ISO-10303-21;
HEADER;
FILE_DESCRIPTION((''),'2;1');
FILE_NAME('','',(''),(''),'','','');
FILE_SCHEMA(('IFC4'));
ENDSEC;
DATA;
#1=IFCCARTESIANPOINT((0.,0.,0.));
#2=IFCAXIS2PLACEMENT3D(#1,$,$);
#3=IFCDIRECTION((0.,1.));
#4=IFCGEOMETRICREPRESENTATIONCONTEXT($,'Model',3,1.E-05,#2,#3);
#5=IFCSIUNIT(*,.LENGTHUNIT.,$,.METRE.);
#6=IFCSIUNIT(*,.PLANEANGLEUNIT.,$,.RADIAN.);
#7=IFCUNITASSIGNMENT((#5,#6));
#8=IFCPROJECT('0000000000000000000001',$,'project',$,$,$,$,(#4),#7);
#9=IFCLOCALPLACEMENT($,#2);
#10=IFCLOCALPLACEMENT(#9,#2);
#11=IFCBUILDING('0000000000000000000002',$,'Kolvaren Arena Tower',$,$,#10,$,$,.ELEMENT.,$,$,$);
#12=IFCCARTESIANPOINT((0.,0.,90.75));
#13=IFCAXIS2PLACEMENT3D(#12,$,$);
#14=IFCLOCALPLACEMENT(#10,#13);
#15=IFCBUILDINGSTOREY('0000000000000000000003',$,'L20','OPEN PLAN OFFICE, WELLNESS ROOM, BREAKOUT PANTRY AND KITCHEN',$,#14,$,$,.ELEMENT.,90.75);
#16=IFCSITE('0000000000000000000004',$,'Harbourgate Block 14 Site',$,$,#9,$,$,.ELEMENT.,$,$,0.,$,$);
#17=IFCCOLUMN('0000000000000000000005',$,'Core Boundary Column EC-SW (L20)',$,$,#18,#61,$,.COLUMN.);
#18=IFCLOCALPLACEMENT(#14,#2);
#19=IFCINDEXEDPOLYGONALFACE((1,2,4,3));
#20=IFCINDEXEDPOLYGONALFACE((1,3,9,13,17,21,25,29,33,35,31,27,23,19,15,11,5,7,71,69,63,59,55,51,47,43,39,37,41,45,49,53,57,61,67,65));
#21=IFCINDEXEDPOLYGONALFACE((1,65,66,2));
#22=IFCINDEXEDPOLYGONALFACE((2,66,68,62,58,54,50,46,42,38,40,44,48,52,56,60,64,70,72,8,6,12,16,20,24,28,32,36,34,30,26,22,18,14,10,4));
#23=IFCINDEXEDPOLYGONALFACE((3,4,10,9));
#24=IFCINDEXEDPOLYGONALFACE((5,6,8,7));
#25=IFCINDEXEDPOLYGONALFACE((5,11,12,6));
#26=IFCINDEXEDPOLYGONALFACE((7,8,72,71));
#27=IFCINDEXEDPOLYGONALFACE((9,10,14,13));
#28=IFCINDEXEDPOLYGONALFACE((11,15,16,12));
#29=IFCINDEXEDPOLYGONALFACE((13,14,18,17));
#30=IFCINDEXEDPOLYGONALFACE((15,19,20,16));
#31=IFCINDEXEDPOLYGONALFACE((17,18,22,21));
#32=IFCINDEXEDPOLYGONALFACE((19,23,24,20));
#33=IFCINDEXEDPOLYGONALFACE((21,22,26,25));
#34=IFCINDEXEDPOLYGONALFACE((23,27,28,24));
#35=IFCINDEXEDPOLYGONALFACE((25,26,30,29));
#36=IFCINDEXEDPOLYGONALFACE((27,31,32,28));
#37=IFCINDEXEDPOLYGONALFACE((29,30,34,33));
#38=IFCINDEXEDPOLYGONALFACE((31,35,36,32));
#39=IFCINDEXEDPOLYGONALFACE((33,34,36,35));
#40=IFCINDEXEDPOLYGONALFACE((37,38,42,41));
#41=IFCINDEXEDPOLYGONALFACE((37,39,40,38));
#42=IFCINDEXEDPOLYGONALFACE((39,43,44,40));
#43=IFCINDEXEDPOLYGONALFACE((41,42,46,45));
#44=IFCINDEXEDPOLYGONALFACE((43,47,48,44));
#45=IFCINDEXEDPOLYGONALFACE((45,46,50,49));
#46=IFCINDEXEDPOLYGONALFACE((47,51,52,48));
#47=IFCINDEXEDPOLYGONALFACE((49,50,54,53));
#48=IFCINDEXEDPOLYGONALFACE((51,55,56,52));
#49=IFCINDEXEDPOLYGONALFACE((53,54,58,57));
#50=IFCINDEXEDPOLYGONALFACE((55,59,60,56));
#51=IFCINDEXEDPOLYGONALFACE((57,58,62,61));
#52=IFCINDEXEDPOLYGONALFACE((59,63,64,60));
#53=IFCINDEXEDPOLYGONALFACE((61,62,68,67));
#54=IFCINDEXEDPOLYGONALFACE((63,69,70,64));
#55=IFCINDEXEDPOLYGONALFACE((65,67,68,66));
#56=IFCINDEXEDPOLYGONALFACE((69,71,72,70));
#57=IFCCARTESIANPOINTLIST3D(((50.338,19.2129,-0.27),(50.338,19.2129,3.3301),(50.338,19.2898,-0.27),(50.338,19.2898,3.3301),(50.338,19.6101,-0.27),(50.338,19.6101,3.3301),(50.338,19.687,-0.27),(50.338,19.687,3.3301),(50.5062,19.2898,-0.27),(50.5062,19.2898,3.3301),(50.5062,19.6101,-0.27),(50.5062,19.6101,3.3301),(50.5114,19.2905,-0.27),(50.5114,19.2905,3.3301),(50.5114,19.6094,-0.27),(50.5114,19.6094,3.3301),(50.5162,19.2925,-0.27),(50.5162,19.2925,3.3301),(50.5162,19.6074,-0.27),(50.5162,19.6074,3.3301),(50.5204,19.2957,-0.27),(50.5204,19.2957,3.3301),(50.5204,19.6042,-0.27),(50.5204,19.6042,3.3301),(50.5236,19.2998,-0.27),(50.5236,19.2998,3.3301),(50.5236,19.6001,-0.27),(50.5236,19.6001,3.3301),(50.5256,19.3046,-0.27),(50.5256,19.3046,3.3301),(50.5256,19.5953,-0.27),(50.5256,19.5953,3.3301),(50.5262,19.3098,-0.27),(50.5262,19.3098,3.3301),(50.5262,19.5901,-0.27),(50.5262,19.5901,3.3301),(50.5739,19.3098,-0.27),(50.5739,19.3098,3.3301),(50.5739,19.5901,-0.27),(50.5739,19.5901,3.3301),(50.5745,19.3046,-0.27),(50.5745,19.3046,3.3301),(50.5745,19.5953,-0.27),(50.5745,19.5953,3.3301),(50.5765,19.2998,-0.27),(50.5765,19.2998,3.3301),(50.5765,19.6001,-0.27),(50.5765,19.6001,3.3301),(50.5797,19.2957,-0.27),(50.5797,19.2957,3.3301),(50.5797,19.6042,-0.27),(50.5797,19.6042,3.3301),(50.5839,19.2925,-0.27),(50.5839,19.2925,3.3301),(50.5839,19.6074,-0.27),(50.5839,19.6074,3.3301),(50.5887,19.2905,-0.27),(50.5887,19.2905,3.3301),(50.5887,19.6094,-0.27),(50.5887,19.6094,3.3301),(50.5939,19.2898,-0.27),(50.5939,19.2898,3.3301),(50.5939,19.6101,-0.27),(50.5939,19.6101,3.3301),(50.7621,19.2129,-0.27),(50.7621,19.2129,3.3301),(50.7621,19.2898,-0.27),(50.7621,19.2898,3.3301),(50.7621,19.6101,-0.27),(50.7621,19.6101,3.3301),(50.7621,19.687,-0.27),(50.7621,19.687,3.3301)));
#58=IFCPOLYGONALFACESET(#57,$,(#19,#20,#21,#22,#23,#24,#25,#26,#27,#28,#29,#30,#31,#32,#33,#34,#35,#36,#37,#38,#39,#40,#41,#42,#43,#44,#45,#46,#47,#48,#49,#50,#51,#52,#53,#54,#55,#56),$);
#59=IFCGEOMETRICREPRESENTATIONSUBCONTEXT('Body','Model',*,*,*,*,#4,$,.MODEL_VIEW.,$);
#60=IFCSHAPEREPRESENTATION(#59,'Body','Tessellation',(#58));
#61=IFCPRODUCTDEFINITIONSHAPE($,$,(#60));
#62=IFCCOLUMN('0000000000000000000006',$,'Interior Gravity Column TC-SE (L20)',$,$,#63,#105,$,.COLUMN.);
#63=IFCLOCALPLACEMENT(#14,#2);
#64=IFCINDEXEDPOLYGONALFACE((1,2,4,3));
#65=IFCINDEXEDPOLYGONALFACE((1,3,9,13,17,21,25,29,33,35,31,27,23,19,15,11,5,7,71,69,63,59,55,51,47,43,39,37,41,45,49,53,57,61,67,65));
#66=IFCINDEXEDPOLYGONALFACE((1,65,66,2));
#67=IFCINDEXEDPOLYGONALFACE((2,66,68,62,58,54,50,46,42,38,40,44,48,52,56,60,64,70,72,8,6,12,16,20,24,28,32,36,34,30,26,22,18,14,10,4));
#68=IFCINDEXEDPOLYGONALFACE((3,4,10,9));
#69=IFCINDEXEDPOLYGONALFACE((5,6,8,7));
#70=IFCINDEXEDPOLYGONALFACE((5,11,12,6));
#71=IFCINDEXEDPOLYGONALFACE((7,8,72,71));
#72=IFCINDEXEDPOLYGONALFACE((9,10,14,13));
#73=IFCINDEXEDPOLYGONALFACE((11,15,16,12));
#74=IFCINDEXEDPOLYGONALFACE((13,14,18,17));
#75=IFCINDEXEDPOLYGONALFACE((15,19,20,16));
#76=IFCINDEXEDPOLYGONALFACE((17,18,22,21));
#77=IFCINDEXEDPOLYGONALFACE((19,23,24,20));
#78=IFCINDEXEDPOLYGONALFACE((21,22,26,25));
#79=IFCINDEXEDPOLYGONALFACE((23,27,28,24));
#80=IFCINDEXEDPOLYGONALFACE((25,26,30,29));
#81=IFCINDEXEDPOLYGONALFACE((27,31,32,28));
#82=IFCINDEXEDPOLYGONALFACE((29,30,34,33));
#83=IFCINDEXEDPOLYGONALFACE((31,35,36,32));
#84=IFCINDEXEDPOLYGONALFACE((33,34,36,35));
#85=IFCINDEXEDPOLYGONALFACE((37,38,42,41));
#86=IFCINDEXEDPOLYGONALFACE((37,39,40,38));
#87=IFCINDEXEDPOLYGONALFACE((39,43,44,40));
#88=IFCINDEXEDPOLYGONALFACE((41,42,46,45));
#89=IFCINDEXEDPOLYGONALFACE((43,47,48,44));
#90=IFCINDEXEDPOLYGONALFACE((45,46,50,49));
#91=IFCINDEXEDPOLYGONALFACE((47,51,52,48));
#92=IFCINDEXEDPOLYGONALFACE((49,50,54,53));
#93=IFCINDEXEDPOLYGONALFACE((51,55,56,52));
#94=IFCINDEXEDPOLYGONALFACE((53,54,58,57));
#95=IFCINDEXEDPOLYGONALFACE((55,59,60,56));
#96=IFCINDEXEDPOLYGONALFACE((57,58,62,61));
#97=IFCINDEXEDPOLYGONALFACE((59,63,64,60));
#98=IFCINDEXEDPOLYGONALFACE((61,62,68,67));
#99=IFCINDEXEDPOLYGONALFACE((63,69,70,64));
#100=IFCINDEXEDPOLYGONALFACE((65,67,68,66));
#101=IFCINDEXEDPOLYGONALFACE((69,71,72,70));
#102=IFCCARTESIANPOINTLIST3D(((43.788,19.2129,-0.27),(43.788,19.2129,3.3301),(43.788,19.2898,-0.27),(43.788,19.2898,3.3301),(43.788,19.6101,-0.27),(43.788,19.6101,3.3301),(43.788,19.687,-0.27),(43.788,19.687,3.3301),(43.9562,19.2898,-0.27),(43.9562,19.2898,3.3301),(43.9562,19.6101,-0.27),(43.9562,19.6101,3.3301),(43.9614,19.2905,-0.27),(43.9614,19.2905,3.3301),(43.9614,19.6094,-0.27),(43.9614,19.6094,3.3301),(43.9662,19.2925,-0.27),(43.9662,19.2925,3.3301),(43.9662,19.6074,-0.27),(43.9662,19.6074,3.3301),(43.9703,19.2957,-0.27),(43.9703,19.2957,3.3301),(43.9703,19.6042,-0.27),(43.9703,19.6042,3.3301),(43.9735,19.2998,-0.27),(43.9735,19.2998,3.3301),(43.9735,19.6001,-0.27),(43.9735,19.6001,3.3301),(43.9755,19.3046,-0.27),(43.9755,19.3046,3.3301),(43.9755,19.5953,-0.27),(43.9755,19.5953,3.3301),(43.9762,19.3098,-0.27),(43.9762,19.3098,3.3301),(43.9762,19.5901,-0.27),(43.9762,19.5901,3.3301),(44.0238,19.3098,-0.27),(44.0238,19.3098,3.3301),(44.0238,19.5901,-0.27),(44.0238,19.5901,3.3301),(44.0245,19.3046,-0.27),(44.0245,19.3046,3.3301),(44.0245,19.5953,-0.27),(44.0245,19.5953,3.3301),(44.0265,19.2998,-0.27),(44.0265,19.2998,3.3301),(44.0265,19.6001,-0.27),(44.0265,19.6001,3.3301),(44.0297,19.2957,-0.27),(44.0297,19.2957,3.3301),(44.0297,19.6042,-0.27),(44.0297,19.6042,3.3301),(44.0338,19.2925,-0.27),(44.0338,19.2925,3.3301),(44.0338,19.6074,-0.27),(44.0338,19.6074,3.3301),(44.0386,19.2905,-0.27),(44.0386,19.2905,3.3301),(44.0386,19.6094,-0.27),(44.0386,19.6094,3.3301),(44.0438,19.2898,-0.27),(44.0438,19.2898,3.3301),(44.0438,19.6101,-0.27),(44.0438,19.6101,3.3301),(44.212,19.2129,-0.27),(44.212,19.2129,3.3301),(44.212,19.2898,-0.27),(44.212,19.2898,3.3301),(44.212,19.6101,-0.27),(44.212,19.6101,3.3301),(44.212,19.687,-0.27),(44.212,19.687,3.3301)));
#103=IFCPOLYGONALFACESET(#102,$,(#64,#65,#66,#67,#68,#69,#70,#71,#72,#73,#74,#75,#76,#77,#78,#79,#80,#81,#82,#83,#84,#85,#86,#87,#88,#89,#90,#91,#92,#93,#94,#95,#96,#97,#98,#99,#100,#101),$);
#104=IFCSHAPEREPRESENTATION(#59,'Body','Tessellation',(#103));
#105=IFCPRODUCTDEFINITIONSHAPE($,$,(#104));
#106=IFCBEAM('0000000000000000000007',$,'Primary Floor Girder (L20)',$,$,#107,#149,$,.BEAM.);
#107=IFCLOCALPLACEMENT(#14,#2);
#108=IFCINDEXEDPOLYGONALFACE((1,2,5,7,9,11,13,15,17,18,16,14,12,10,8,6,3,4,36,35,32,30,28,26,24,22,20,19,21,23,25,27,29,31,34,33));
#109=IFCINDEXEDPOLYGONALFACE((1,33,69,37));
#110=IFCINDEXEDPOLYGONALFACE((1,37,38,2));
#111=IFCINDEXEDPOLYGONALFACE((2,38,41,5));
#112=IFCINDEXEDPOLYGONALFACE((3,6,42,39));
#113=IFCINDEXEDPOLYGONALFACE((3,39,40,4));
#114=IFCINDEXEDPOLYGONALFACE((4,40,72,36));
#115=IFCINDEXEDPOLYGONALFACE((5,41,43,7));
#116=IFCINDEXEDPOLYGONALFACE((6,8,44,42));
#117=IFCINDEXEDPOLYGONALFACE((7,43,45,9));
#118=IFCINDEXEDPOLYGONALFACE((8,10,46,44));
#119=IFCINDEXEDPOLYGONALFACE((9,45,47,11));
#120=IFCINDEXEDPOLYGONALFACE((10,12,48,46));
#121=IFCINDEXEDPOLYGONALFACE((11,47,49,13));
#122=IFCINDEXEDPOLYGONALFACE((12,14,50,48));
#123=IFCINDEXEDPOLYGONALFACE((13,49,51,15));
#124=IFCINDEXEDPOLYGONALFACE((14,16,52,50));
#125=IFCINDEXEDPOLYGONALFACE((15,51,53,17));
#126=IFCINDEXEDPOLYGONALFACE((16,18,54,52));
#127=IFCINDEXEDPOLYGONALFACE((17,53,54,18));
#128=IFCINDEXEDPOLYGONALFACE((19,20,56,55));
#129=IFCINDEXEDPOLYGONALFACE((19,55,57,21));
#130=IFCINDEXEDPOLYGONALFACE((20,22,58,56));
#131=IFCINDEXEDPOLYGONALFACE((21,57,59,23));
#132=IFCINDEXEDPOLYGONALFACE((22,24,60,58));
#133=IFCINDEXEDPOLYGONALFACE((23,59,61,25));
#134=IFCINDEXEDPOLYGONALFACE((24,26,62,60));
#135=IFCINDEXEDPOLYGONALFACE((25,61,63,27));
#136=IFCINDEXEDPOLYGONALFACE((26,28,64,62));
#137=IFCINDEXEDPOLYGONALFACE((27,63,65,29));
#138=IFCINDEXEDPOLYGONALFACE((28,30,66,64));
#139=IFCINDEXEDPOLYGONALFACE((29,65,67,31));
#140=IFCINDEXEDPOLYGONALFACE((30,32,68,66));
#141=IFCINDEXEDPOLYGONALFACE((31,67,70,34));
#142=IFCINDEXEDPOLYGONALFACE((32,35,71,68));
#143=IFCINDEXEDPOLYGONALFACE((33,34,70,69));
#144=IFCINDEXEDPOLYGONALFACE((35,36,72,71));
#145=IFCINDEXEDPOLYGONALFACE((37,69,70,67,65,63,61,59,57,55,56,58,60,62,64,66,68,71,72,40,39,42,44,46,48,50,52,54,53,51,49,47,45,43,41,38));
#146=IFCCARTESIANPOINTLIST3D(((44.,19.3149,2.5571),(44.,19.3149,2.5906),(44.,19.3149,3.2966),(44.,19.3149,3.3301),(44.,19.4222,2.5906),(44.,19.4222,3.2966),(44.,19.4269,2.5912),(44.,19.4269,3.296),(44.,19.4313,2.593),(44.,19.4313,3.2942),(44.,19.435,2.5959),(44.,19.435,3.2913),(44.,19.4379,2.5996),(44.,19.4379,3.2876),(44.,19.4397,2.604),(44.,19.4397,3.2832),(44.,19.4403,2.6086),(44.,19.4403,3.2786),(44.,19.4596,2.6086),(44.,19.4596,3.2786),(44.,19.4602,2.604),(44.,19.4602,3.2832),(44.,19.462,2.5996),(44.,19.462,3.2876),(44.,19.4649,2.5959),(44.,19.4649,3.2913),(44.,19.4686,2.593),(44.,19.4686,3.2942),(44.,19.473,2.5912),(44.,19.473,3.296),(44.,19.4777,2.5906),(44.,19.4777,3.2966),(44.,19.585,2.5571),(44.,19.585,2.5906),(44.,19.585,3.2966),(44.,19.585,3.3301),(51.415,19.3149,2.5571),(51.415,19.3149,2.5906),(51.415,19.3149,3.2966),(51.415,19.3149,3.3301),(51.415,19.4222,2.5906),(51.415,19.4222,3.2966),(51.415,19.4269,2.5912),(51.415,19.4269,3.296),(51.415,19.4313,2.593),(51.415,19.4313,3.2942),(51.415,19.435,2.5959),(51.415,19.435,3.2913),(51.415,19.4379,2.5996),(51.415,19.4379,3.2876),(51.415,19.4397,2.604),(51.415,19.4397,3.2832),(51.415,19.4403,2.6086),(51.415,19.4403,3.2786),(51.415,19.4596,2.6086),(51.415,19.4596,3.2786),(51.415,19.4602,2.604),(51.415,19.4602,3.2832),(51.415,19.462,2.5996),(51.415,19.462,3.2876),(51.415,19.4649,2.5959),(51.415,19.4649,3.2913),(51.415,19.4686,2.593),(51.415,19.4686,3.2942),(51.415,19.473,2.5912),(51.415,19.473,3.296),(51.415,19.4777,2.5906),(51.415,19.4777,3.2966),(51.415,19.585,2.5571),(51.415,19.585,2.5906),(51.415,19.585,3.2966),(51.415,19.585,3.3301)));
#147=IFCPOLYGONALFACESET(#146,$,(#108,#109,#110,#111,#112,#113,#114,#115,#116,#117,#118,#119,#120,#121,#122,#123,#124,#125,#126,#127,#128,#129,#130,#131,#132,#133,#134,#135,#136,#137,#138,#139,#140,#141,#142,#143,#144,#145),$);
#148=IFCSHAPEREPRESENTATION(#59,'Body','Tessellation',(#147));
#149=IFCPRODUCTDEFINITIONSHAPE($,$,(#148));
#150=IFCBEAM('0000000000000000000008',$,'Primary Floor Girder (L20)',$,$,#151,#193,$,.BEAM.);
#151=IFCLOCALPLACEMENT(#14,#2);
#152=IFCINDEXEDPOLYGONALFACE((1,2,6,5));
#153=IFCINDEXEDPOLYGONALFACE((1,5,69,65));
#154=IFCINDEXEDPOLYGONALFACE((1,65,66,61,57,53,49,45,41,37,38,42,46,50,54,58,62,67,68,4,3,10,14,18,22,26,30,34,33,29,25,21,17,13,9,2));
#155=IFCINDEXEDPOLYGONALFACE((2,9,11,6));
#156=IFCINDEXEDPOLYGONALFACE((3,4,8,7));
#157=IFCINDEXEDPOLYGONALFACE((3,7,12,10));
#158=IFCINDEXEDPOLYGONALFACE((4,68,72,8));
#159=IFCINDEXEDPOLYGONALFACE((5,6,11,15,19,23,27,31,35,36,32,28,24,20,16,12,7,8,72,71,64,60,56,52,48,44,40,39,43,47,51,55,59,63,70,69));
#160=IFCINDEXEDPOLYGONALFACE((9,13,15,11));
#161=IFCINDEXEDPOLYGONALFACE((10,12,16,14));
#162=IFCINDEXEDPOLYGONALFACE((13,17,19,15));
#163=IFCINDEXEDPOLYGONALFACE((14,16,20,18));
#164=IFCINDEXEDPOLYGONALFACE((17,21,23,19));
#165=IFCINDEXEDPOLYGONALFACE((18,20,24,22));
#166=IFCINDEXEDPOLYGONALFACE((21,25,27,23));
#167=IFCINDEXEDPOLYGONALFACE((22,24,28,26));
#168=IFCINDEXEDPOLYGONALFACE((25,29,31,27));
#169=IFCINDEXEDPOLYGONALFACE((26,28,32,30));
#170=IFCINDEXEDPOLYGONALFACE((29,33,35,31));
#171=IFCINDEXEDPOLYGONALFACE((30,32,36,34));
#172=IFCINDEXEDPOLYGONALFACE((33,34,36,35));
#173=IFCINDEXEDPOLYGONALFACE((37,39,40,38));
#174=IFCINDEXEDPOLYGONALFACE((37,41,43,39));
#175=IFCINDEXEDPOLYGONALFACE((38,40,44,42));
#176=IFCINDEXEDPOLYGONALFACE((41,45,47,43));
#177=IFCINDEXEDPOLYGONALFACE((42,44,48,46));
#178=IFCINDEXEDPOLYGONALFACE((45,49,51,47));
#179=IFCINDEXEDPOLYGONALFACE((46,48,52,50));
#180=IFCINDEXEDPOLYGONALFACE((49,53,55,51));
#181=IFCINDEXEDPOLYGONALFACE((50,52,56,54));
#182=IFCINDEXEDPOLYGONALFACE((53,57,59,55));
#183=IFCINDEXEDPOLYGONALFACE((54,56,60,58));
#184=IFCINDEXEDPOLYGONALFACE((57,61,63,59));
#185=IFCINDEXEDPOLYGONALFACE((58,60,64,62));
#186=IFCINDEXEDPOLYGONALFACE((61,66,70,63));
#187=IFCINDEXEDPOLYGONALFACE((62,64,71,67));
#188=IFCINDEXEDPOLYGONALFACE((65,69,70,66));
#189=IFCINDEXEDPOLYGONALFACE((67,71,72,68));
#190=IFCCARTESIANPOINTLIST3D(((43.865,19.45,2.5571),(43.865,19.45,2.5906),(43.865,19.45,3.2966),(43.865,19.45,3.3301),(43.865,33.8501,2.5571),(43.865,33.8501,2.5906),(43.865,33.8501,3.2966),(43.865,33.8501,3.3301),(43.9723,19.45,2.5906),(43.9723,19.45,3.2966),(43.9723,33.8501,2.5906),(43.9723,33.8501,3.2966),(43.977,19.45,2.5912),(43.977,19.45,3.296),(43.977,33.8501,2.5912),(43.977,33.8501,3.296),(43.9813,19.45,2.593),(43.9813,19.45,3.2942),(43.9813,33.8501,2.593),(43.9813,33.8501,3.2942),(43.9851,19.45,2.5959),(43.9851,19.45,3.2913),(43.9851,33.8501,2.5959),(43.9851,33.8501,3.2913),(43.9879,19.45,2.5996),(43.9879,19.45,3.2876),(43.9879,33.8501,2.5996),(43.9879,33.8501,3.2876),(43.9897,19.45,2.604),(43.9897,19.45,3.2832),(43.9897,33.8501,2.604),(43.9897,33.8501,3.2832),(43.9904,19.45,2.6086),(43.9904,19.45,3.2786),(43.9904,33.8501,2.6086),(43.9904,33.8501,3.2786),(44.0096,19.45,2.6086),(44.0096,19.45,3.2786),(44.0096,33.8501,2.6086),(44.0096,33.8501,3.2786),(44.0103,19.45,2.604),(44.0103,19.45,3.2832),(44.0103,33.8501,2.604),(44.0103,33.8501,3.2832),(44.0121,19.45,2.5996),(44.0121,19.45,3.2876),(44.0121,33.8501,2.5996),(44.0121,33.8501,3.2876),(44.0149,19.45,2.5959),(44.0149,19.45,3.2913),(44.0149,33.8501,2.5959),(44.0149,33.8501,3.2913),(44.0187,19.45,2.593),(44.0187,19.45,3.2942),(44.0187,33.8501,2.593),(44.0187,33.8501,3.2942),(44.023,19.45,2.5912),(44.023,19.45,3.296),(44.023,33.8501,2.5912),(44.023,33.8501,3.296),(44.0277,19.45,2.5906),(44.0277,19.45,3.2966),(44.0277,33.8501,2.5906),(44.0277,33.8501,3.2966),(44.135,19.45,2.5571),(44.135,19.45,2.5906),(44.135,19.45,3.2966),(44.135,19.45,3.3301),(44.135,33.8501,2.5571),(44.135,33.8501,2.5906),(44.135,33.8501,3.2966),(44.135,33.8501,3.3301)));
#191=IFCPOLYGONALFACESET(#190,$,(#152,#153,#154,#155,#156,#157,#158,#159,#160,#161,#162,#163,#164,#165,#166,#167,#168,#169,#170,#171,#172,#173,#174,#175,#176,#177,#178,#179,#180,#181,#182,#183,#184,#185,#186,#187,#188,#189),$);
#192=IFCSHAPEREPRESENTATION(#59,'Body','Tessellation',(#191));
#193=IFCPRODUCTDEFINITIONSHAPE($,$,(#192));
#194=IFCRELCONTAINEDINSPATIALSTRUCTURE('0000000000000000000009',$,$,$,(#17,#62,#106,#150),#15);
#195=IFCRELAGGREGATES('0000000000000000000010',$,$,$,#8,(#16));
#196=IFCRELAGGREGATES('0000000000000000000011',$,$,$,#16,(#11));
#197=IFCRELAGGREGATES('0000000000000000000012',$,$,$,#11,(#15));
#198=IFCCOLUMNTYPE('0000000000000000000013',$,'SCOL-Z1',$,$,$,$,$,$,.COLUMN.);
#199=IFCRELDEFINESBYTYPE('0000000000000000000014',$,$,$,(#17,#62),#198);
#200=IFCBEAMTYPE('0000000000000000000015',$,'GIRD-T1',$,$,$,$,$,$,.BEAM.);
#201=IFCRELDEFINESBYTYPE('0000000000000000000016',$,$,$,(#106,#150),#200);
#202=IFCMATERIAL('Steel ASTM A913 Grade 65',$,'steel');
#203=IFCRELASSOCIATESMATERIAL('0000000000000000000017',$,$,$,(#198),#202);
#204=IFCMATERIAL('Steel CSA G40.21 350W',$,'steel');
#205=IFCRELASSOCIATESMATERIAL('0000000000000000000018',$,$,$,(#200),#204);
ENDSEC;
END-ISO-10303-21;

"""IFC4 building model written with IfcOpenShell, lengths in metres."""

from ifc_helpers import new_model, si_unit, direction, frame, origin, origin_2d, place, context, subcontext, project, spatial, i_section, extrude, material, material_profile, profile_set, type_object, element, save


model = new_model("IFC4")

# Units and contexts
model_context = context("Model", 3, precision=1e-05, world=origin(), true_north=direction((0.0, 1.0)))
body_context = subcontext(model_context, "Body", "Model", "MODEL_VIEW")
ifc_project = project(units=[si_unit("LENGTHUNIT", "METRE"), si_unit("PLANEANGLEUNIT", "RADIAN")], contexts=[model_context])

# Site, building, storey
site_placement = place(None, origin())
site = spatial("IfcSite", under=ifc_project, at=site_placement, Name="Harbourgate Block 14 Site", CompositionType="ELEMENT", RefElevation=0.0)
building_placement = place(site_placement, origin())
building = spatial("IfcBuilding", under=site, at=building_placement, Name="Kolvaren Arena Tower", CompositionType="ELEMENT")
storey_placement = place(building_placement, frame((0.0, 0.0, 90.75)))
storey = spatial("IfcBuildingStorey", under=building, at=storey_placement, Name="L20", Description="OPEN PLAN OFFICE, WELLNESS ROOM, BREAKOUT PANTRY AND KITCHEN", CompositionType="ELEMENT", Elevation=90.75)

# Columns
ifc_material_1 = material(Name="Steel ASTM A913 Grade 65", Category="steel")
ifc_material_profile_1 = material_profile(ifc_material_1, i_section(OverallWidth=0.4241, OverallDepth=0.4741, WebThickness=0.0476, FlangeThickness=0.0769, FilletRadius=0.02, at=origin_2d()), Name="W360x634")
ifc_profile_set_1 = profile_set([ifc_material_profile_1], Name="Steel ASTM A913 Grade 65")
column_type = type_object("IfcColumnType", Name="SCOL-Z1", PredefinedType="COLUMN", material=ifc_profile_set_1)
for number, where, z_axis, x_axis, name in (
    (1, (50.55, 19.45, -0.27), (0.0, 0.0, 1.0), (1.0, 0.0, 0.0), "Core Boundary Column EC-SW (L20)"),
    (2, (44.0, 19.45, -0.27), (0.0, 0.0, 1.0), (1.0, 0.0, 0.0), "Interior Gravity Column TC-SE (L20)"),
):
    element("IfcColumn", number, at=place(storey_placement, frame(where, z_axis=z_axis, x_axis=x_axis)), inside=storey, type_object=column_type, Name=name, PredefinedType="COLUMN", context=body_context, shape_type="SweptSolid", body=[
        extrude(i_section(OverallWidth=0.4241, OverallDepth=0.4741, WebThickness=0.0476, FlangeThickness=0.0769, FilletRadius=0.02, at=origin_2d()), origin(), (0.0, 0.0, 1.0), 3.6001),
    ])

# Beams
ifc_material_2 = material(Name="Steel CSA G40.21 350W", Category="steel")
ifc_material_profile_2 = material_profile(ifc_material_2, i_section(OverallWidth=0.27, OverallDepth=0.7729, WebThickness=0.0193, FlangeThickness=0.0334, FilletRadius=0.0181, at=origin_2d()), Name="W760x257")
ifc_profile_set_2 = profile_set([ifc_material_profile_2], Name="Steel CSA G40.21 350W")
beam_type_1 = type_object("IfcBeamType", Name="GIRD-T1", PredefinedType="BEAM", material=ifc_profile_set_2)
beam_1_placement = place(storey_placement, frame((44.0, 19.45, 2.9436), z_axis=(1.0, 0.0, 0.0), x_axis=(0.0, 1.0, 0.0)))
element("IfcBeam", 3, at=beam_1_placement, inside=storey, type_object=beam_type_1, Name="Primary Floor Girder (L20)", PredefinedType="BEAM", context=body_context, shape_type="SweptSolid", body=[
    extrude(i_section(OverallWidth=0.27, OverallDepth=0.7729, WebThickness=0.0193, FlangeThickness=0.0334, FilletRadius=0.0181, at=origin_2d()), origin(), (0.0, 0.0, 1.0), 7.415),
])
beam_2_placement = place(storey_placement, frame((44.0, 19.45, 2.9436), z_axis=(0.0, 1.0, 0.0), x_axis=(-1.0, 0.0, 0.0)))
element("IfcBeam", 4, at=beam_2_placement, inside=storey, type_object=beam_type_1, Name="Primary Floor Girder (L20)", PredefinedType="BEAM", context=body_context, shape_type="SweptSolid", body=[
    extrude(i_section(OverallWidth=0.27, OverallDepth=0.7729, WebThickness=0.0193, FlangeThickness=0.0334, FilletRadius=0.0181, at=origin_2d()), origin(), (0.0, 0.0, 1.0), 14.4001),
])

save(model, "model.ifc")
